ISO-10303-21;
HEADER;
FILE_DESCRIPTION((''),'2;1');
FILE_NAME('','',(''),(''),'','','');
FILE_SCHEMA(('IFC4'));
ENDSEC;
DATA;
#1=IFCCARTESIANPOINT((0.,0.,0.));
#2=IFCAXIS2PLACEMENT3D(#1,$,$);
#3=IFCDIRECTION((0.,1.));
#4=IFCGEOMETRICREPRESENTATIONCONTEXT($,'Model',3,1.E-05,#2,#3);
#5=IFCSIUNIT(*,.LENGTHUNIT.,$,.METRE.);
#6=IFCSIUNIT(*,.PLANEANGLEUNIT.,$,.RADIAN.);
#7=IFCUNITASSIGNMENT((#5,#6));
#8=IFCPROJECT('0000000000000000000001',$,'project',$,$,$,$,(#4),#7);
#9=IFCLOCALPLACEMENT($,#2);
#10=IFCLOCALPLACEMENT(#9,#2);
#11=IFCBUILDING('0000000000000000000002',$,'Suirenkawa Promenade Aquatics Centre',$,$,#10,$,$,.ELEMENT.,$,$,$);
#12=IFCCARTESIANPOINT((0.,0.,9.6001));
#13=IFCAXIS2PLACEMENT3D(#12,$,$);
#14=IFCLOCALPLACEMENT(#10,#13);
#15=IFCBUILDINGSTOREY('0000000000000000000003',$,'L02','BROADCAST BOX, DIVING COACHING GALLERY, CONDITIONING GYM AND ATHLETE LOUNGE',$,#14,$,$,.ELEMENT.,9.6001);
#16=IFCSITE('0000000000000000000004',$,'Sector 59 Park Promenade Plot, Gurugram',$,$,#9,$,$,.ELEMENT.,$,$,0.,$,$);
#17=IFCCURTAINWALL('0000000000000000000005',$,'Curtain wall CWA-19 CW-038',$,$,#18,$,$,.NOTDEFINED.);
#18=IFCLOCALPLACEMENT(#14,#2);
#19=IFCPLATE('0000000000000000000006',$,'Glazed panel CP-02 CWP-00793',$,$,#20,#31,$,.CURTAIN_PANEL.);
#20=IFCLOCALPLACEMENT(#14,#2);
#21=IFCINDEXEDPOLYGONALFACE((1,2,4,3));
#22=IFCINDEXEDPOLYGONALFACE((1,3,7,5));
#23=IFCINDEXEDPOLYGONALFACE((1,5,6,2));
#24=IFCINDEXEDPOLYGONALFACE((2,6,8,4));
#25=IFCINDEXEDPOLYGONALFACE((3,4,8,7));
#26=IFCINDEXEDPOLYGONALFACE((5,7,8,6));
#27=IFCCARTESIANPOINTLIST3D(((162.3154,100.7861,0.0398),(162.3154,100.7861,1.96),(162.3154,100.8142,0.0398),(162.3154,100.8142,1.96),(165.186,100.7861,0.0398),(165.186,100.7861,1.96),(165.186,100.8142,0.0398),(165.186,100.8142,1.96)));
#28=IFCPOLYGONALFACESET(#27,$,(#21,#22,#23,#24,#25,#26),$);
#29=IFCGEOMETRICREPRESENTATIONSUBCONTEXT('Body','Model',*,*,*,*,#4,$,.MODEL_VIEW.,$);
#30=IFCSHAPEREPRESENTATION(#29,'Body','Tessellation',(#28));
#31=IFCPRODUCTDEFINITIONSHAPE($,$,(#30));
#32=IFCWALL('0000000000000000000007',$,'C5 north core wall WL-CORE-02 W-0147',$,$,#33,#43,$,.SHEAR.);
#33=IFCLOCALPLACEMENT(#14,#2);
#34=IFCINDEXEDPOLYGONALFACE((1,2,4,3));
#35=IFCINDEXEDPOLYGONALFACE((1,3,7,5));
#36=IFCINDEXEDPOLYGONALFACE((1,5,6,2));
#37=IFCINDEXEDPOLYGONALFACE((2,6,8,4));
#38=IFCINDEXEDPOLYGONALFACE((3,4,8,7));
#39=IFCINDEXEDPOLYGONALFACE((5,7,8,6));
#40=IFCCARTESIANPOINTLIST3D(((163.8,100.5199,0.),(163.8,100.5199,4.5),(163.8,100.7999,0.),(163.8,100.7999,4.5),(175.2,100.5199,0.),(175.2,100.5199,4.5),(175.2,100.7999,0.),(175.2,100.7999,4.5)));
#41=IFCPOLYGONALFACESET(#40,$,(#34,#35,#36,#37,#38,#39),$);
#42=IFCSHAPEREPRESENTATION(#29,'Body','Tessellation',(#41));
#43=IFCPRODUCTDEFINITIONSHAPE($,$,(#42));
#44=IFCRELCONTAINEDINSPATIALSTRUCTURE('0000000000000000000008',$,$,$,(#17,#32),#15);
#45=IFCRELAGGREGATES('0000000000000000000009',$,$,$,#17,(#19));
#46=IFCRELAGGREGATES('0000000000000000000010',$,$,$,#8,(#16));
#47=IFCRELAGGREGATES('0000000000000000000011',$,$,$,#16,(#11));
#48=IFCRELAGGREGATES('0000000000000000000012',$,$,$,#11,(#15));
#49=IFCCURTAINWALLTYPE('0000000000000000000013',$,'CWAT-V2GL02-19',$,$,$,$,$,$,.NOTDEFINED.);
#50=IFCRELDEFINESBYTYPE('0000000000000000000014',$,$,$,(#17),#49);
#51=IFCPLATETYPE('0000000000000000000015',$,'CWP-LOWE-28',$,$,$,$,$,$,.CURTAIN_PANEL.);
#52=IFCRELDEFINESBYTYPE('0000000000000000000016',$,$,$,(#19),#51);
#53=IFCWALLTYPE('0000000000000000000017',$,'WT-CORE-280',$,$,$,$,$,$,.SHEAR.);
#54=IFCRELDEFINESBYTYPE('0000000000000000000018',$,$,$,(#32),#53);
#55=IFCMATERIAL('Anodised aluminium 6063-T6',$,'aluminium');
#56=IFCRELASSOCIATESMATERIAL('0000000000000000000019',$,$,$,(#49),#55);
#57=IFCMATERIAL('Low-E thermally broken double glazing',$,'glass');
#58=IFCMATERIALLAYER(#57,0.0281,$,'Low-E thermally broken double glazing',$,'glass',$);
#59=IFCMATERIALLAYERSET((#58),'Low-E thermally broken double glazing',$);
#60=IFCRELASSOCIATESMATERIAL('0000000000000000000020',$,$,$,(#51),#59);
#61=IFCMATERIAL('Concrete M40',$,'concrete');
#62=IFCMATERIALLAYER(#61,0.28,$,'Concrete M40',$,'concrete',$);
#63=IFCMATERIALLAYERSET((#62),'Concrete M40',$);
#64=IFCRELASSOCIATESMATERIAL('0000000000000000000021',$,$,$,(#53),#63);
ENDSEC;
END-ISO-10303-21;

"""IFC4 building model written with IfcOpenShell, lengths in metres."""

from ifc_helpers import new_model, si_unit, direction, frame, frame_2d, origin, place, context, subcontext, project, spatial, polyline, rectangle, outline, extrude, material, layer, layer_set, type_object, element, aggregate, save


model = new_model("IFC4")

# Units and contexts
model_context = context("Model", 3, precision=1e-05, world=origin(), true_north=direction((0.0, 1.0)))
body_context = subcontext(model_context, "Body", "Model", "MODEL_VIEW")
ifc_project = project(units=[si_unit("LENGTHUNIT", "METRE"), si_unit("PLANEANGLEUNIT", "RADIAN")], contexts=[model_context])

# Site, building, storey
site_placement = place(None, origin())
site = spatial("IfcSite", under=ifc_project, at=site_placement, Name="Sector 59 Park Promenade Plot, Gurugram", CompositionType="ELEMENT", RefElevation=0.0)
building_placement = place(site_placement, origin())
building = spatial("IfcBuilding", under=site, at=building_placement, Name="Suirenkawa Promenade Aquatics Centre", CompositionType="ELEMENT")
storey_placement = place(building_placement, frame((0.0, 0.0, 9.6001)))
storey = spatial("IfcBuildingStorey", under=building, at=storey_placement, Name="L02", Description="BROADCAST BOX, DIVING COACHING GALLERY, CONDITIONING GYM AND ATHLETE LOUNGE", CompositionType="ELEMENT", Elevation=9.6001)

# Shared definitions
ifc_material_1 = material(Name="Concrete M40", Category="concrete")

# Curtain wall, plate
ifc_material_2 = material(Name="Anodised aluminium 6063-T6", Category="aluminium")
curtain_wall_type = type_object("IfcCurtainWallType", Name="CWAT-V2GL02-19", PredefinedType="NOTDEFINED", material=ifc_material_2)
curtain_wall_placement = place(storey_placement, origin())
curtain_wall = element("IfcCurtainWall", 1, at=curtain_wall_placement, inside=storey, type_object=curtain_wall_type, Name="Curtain wall CWA-19 CW-038", PredefinedType="NOTDEFINED")
ifc_material_3 = material(Name="Low-E thermally broken double glazing", Category="glass")
ifc_layer_1 = layer(ifc_material_3, 0.0281, Name="Low-E thermally broken double glazing", Category="glass")
ifc_layer_set_1 = layer_set([ifc_layer_1], Name="Low-E thermally broken double glazing")
plate_type = type_object("IfcPlateType", Name="CWP-LOWE-28", PredefinedType="CURTAIN_PANEL", material=ifc_layer_set_1)
plate_1_placement = place(storey_placement, frame((162.2754, 100.8, 0.0398), z_axis=(0.0, 0.0, 1.0), x_axis=(1.0, 0.0, 0.0)))
plate_1 = element("IfcPlate", 2, at=plate_1_placement, type_object=plate_type, Name="Glazed panel CP-02 CWP-00793", PredefinedType="CURTAIN_PANEL", context=body_context, shape_type="SweptSolid", body=[
    extrude(outline(polyline([(0.04, 0.0), (2.9106, 0.0), (2.9106, 1.9202), (0.04, 1.9202), (0.04, 0.0)])), frame((0.0, 0.0142, 0.0), z_axis=(0.0, -1.0, 0.0), x_axis=(1.0, 0.0, 0.0)), (0.0, 0.0, 1.0), 0.0281),
])
aggregate(curtain_wall, [plate_1])

# Wall
ifc_layer_2 = layer(ifc_material_1, 0.28, Name="Concrete M40", Category="concrete")
ifc_layer_set_2 = layer_set([ifc_layer_2], Name="Concrete M40")
wall_type = type_object("IfcWallType", Name="WT-CORE-280", PredefinedType="SHEAR", material=ifc_layer_set_2)
wall_placement = place(storey_placement, frame((163.8, 100.6599, 0.0), z_axis=(0.0, 0.0, 1.0), x_axis=(1.0, 0.0, 0.0)))
element("IfcWall", 3, at=wall_placement, inside=storey, type_object=wall_type, Name="C5 north core wall WL-CORE-02 W-0147", PredefinedType="SHEAR", context=body_context, shape_type="SweptSolid", body=[
    extrude(rectangle(XDim=11.3999, YDim=0.28, at=frame_2d((5.7, 0.0))), origin(), (0.0, 0.0, 1.0), 4.5),
])

save(model, "model.ifc")
